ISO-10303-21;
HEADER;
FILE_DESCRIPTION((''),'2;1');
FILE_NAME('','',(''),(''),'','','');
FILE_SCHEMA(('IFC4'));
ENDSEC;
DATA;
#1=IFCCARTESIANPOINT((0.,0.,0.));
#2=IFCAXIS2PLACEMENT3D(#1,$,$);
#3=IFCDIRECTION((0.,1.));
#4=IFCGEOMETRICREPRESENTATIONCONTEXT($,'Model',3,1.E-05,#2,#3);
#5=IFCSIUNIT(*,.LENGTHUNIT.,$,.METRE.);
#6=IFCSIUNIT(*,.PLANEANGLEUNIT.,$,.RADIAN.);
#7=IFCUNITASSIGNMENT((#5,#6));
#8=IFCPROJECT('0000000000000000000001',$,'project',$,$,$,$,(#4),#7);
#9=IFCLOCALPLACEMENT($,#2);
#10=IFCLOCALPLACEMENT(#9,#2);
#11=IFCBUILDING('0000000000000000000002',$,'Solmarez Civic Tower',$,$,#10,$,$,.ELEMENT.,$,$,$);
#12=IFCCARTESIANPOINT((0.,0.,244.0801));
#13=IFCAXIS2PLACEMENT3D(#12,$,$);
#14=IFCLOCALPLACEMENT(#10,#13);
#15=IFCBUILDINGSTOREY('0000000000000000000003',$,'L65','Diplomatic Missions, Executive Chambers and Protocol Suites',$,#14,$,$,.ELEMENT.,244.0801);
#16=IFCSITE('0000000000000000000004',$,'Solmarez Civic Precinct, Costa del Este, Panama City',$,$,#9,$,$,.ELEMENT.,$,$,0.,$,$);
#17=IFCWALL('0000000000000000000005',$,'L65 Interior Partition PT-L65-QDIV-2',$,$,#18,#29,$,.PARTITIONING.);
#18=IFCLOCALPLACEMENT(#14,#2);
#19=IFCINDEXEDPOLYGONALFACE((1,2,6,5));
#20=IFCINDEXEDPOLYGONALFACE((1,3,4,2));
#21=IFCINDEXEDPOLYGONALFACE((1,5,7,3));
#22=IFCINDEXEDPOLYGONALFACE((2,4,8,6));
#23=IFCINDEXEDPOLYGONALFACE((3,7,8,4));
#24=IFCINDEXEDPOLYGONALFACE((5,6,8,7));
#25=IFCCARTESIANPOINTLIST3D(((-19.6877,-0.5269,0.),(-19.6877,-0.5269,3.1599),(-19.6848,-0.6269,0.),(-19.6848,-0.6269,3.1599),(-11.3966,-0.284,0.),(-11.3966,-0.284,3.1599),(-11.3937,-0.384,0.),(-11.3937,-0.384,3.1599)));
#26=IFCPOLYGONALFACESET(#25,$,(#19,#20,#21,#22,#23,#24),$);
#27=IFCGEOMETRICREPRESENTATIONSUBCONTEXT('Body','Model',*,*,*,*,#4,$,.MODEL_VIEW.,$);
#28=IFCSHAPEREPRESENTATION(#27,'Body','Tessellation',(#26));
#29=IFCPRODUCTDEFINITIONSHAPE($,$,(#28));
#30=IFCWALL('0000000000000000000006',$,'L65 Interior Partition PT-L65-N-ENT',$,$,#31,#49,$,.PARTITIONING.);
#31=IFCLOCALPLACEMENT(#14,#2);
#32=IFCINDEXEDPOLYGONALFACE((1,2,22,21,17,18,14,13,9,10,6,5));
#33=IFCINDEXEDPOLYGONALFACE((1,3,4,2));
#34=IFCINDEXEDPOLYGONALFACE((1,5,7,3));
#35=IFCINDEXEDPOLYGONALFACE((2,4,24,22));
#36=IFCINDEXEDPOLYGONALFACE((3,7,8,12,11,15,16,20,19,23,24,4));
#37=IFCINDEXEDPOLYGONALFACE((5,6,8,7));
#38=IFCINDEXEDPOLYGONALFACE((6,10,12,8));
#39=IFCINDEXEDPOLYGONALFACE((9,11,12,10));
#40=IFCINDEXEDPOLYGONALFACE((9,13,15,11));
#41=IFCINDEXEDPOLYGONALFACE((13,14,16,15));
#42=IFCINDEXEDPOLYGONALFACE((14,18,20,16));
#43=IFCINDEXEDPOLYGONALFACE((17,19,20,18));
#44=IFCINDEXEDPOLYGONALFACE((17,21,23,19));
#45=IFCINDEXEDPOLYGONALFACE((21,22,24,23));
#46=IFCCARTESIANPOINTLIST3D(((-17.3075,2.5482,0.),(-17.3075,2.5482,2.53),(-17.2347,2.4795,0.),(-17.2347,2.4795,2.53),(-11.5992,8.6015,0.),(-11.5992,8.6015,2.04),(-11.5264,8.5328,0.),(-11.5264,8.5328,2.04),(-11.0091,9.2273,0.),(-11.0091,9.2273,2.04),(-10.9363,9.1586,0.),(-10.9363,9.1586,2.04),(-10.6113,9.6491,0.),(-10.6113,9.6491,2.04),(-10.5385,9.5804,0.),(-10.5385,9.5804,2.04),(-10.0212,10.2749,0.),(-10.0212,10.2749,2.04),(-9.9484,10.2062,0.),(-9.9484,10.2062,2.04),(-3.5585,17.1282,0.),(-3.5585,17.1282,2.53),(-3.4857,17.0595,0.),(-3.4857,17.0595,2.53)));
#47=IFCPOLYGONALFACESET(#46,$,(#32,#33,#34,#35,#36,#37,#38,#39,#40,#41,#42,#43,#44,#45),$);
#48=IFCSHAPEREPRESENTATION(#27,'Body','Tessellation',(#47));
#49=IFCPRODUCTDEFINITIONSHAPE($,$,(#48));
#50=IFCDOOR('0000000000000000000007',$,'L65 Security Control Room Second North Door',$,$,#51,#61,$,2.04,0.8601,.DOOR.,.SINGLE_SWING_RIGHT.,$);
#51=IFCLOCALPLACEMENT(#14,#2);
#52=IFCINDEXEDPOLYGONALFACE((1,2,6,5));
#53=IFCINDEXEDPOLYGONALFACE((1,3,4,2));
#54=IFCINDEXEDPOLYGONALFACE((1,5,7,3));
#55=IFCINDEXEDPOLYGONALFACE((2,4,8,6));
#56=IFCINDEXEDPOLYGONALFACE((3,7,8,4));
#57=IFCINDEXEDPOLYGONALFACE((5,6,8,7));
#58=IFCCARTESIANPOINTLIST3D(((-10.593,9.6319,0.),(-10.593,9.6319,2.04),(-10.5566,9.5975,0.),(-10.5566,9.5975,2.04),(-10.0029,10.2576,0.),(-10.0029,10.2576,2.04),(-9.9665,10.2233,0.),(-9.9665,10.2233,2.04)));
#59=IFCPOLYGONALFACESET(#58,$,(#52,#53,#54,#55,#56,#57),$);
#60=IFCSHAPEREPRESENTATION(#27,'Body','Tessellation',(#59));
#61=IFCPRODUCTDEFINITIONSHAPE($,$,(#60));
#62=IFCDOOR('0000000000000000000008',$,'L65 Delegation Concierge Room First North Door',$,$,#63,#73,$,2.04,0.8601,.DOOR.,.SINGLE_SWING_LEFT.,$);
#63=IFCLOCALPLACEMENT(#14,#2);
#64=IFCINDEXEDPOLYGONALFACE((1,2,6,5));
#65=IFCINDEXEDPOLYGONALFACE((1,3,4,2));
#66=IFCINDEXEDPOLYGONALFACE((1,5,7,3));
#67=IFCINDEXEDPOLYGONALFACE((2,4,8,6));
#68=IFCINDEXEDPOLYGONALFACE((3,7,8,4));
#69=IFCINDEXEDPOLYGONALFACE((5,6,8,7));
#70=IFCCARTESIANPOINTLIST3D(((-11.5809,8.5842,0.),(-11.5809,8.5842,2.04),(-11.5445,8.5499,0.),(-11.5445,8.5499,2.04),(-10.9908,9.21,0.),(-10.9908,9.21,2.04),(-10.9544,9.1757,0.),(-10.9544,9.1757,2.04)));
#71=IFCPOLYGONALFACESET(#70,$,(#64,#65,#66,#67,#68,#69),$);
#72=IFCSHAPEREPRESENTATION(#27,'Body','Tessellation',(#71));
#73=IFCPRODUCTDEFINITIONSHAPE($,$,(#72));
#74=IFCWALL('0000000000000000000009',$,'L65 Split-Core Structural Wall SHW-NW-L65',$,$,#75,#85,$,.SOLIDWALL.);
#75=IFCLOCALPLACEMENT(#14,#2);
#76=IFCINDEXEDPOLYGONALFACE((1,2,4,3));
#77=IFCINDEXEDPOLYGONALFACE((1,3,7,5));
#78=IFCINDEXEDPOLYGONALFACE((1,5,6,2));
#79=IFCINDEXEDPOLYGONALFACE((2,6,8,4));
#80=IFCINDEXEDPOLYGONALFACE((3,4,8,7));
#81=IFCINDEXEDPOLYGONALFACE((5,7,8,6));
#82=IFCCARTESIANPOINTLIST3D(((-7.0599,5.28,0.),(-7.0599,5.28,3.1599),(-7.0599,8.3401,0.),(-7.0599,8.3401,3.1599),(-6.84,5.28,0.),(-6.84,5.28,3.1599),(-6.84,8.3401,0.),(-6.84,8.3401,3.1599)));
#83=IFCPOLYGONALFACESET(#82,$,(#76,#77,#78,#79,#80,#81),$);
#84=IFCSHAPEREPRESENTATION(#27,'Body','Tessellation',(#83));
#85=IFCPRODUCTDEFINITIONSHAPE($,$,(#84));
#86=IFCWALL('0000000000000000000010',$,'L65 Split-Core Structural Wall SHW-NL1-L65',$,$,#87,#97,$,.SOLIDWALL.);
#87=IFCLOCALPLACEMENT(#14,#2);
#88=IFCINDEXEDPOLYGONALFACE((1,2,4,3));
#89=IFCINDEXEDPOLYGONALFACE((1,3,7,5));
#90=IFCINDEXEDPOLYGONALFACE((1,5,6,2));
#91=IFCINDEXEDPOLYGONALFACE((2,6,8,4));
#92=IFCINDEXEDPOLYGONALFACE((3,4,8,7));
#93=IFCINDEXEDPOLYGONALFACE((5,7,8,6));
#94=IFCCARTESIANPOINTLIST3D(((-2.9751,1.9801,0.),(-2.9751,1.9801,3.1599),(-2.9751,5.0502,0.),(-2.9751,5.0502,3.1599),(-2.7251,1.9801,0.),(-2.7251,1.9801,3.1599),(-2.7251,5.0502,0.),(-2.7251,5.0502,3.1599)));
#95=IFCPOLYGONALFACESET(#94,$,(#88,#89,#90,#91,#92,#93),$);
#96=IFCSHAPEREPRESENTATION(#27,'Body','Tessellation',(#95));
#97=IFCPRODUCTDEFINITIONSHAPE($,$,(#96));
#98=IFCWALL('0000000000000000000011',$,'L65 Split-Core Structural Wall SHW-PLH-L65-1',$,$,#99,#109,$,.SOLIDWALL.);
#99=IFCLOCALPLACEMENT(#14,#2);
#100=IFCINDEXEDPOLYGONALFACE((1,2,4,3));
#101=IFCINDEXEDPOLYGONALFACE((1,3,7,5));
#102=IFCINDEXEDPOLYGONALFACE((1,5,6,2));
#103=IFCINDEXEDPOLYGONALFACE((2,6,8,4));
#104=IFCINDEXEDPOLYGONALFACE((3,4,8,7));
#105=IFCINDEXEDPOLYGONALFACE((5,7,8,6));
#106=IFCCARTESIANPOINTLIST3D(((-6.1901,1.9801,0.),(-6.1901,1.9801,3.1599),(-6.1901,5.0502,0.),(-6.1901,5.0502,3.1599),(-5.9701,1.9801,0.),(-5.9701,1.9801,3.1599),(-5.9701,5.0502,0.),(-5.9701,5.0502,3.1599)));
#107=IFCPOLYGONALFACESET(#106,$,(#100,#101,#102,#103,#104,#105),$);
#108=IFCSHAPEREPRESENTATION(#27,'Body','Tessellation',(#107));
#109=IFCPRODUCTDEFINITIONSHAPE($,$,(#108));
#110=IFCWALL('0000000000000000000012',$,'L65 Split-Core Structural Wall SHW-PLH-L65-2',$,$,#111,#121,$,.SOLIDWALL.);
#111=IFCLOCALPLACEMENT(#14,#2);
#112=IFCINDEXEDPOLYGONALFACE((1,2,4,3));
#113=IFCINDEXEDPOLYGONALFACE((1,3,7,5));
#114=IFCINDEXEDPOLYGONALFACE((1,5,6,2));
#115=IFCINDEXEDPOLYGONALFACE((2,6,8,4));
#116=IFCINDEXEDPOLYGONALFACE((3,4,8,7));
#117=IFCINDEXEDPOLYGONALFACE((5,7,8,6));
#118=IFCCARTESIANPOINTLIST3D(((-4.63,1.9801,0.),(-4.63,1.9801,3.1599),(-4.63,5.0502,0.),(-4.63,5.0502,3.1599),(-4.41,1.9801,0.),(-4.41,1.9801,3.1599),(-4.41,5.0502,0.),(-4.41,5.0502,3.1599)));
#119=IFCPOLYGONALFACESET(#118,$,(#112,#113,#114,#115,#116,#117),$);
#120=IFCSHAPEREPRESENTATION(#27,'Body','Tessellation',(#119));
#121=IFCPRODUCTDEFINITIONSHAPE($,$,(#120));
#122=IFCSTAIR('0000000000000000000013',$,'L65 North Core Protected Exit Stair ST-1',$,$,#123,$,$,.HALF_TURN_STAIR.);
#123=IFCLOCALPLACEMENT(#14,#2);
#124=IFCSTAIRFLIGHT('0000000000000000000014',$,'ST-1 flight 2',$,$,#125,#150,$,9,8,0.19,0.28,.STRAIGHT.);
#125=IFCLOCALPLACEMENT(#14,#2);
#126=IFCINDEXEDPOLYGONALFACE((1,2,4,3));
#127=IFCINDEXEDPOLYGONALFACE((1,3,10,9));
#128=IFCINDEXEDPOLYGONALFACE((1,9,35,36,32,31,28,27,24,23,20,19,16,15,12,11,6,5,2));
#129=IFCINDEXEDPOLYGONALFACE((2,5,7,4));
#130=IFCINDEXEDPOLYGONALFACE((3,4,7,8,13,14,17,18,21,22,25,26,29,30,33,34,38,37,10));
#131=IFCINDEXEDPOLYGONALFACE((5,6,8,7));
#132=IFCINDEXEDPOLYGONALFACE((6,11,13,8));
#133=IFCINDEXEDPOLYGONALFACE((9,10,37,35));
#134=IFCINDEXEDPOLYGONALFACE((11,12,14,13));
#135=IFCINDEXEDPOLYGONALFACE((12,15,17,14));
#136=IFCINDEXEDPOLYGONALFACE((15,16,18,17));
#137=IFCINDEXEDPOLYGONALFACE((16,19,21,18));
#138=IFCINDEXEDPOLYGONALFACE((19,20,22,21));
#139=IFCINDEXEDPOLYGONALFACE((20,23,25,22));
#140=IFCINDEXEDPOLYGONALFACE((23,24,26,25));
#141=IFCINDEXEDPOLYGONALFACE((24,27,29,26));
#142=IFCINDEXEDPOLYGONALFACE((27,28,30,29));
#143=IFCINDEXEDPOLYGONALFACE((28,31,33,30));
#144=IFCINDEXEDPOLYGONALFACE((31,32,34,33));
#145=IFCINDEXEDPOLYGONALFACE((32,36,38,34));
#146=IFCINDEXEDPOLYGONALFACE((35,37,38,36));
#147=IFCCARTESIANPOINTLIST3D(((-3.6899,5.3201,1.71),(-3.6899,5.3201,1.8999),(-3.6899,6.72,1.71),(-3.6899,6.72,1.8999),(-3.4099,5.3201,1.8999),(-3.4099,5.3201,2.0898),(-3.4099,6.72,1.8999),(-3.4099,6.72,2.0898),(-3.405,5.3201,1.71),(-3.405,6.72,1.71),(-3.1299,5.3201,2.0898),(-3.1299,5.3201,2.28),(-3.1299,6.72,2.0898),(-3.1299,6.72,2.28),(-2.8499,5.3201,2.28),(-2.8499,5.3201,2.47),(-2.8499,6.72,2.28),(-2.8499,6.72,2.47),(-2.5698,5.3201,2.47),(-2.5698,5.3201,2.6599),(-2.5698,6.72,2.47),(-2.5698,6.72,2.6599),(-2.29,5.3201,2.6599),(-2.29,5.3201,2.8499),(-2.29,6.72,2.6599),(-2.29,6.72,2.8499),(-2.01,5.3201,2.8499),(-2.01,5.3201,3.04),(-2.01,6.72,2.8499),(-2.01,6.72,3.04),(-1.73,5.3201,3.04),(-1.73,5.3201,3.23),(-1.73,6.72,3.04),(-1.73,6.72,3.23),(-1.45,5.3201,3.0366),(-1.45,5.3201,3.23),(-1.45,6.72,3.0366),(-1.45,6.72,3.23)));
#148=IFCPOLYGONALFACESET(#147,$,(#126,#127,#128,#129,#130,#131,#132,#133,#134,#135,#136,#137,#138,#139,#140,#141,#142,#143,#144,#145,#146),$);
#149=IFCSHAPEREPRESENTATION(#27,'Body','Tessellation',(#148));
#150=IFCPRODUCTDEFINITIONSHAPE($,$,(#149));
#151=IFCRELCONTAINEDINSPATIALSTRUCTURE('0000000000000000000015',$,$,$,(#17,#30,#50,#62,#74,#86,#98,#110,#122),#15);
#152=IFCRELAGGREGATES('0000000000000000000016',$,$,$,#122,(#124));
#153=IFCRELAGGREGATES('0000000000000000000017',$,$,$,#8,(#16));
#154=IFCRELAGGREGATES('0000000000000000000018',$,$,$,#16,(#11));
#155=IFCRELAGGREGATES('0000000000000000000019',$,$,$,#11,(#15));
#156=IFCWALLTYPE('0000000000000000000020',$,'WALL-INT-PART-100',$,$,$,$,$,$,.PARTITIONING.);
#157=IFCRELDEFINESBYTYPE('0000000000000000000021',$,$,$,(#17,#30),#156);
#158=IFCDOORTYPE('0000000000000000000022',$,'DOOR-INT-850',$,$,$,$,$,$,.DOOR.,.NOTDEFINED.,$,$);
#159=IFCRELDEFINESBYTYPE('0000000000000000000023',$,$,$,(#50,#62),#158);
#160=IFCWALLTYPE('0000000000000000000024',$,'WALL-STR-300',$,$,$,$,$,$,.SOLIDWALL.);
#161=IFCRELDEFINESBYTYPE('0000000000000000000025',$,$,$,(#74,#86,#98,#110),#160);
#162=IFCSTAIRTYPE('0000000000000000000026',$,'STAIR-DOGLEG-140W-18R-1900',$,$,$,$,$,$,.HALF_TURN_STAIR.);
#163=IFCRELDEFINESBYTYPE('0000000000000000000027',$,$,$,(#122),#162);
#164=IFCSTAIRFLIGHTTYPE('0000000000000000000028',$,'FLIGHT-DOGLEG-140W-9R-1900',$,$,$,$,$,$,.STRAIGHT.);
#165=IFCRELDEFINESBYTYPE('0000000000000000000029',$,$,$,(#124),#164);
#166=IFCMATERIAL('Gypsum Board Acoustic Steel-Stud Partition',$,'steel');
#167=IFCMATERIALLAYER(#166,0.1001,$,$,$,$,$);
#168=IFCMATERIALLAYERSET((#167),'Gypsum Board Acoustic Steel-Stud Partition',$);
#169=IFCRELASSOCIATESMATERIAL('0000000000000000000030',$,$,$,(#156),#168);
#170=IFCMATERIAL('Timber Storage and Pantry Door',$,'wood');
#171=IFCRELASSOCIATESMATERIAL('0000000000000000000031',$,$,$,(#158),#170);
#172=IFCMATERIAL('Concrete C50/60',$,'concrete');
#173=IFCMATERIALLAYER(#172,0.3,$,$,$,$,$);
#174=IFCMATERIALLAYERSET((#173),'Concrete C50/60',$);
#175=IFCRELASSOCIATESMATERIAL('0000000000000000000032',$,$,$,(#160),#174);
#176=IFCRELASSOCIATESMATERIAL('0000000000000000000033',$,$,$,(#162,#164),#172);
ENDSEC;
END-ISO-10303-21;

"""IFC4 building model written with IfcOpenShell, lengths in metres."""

from ifc_helpers import new_model, si_unit, direction, frame, frame_2d, origin, place, context, subcontext, project, spatial, polyline, rectangle, outline, extrude, material, layer, layer_set, type_object, element, fill, aggregate, save


model = new_model("IFC4")

# Units and contexts
model_context = context("Model", 3, precision=1e-05, world=origin(), true_north=direction((0.0, 1.0)))
body_context = subcontext(model_context, "Body", "Model", "MODEL_VIEW")
ifc_project = project(units=[si_unit("LENGTHUNIT", "METRE"), si_unit("PLANEANGLEUNIT", "RADIAN")], contexts=[model_context])

# Site, building, storey
site_placement = place(None, origin())
site = spatial("IfcSite", under=ifc_project, at=site_placement, Name="Solmarez Civic Precinct, Costa del Este, Panama City", CompositionType="ELEMENT", RefElevation=0.0)
building_placement = place(site_placement, origin())
building = spatial("IfcBuilding", under=site, at=building_placement, Name="Solmarez Civic Tower", CompositionType="ELEMENT")
storey_placement = place(building_placement, frame((0.0, 0.0, 244.0801)))
storey = spatial("IfcBuildingStorey", under=building, at=storey_placement, Name="L65", Description="Diplomatic Missions, Executive Chambers and Protocol Suites", CompositionType="ELEMENT", Elevation=244.0801)

# Shared definitions
ifc_material_1 = material(Name="Concrete C50/60", Category="concrete")

# Wall
ifc_material_2 = material(Name="Gypsum Board Acoustic Steel-Stud Partition", Category="steel")
ifc_layer_1 = layer(ifc_material_2, 0.1001)
ifc_layer_set_1 = layer_set([ifc_layer_1], Name="Gypsum Board Acoustic Steel-Stud Partition")
wall_type_1 = type_object("IfcWallType", Name="WALL-INT-PART-100", PredefinedType="PARTITIONING", material=ifc_layer_set_1)
wall_1_placement = place(storey_placement, frame((-11.395, -0.334, 0.0), z_axis=(0.0, 0.0, 1.0), x_axis=(-0.999571, -0.029287, 0.0)))
element("IfcWall", 1, at=wall_1_placement, inside=storey, type_object=wall_type_1, Name="L65 Interior Partition PT-L65-QDIV-2", PredefinedType="PARTITIONING", context=body_context, shape_type="SweptSolid", body=[
    extrude(rectangle(XDim=8.2947, YDim=0.1001, at=frame_2d((4.1475, 0.0))), origin(), (0.0, 0.0, 1.0), 3.1599),
])

# Wall, openings, doors
wall_2_placement = place(storey_placement, frame((-17.271, 2.5139, 0.0), z_axis=(0.0, 0.0, 1.0), x_axis=(0.686068, 0.727537, 0.0)))
wall_2 = element("IfcWall", 2, at=wall_2_placement, inside=storey, type_object=wall_type_1, Name="L65 Interior Partition PT-L65-N-ENT", PredefinedType="PARTITIONING", context=body_context, shape_type="SweptSolid", body=[
    extrude(rectangle(XDim=20.0403, YDim=0.1001, at=frame_2d((10.02, 0.0))), origin(), (0.0, 0.0, 1.0), 2.53),
])
opening_1_placement = place(wall_2_placement, frame((9.76, 0.0, 0.0)))
opening_1 = element("IfcOpeningElement", 3, at=opening_1_placement, cuts=wall_2, PredefinedType="OPENING", context=body_context, shape_type="SweptSolid", body=[
    extrude(rectangle(XDim=0.8601, YDim=2.04, at=frame_2d((0.4302, 1.02))), frame((0.0, 0.0601, 0.0), z_axis=(0.0, -1.0, 0.0), x_axis=(1.0, 0.0, 0.0)), (0.0, 0.0, 1.0), 0.1201),
])
opening_2_placement = place(wall_2_placement, frame((8.3201, 0.0, 0.0)))
opening_2 = element("IfcOpeningElement", 4, at=opening_2_placement, cuts=wall_2, PredefinedType="OPENING", context=body_context, shape_type="SweptSolid", body=[
    extrude(rectangle(XDim=0.8601, YDim=2.04, at=frame_2d((0.4302, 1.02))), frame((0.0, 0.0601, 0.0), z_axis=(0.0, -1.0, 0.0), x_axis=(1.0, 0.0, 0.0)), (0.0, 0.0, 1.0), 0.1201),
])
ifc_material_3 = material(Name="Timber Storage and Pantry Door", Category="wood")
door_type_1 = type_object("IfcDoorType", Name="DOOR-INT-850", OperationType="NOTDEFINED", PredefinedType="DOOR", material=ifc_material_3)
door_1_placement = place(opening_1_placement, origin())
door_1 = element("IfcDoor", 5, at=door_1_placement, inside=storey, type_object=door_type_1, Name="L65 Security Control Room Second North Door", OperationType="SINGLE_SWING_RIGHT", OverallHeight=2.04, OverallWidth=0.8601, PredefinedType="DOOR", context=body_context, shape_type="SweptSolid", body=[
    extrude(rectangle(XDim=0.8601, YDim=2.04, at=frame_2d((0.4302, 1.02))), frame((0.0, 0.0249, 0.0), z_axis=(0.0, -1.0, 0.0), x_axis=(1.0, 0.0, 0.0)), (0.0, 0.0, 1.0), 0.05),
])
fill(opening_1, door_1)
door_2_placement = place(opening_2_placement, origin())
door_2 = element("IfcDoor", 6, at=door_2_placement, inside=storey, type_object=door_type_1, Name="L65 Delegation Concierge Room First North Door", OperationType="SINGLE_SWING_LEFT", OverallHeight=2.04, OverallWidth=0.8601, PredefinedType="DOOR", context=body_context, shape_type="SweptSolid", body=[
    extrude(rectangle(XDim=0.8601, YDim=2.04, at=frame_2d((0.4302, 1.02))), frame((0.0, 0.0249, 0.0), z_axis=(0.0, -1.0, 0.0), x_axis=(1.0, 0.0, 0.0)), (0.0, 0.0, 1.0), 0.05),
])
fill(opening_2, door_2)

# Walls
ifc_layer_2 = layer(ifc_material_1, 0.3)
ifc_layer_set_2 = layer_set([ifc_layer_2], Name="Concrete C50/60")
wall_type_2 = type_object("IfcWallType", Name="WALL-STR-300", PredefinedType="SOLIDWALL", material=ifc_layer_set_2)
wall_3_placement = place(storey_placement, frame((-6.95, 5.28, 0.0), z_axis=(0.0, 0.0, 1.0), x_axis=(0.0, 1.0, 0.0)))
element("IfcWall", 7, at=wall_3_placement, inside=storey, type_object=wall_type_2, Name="L65 Split-Core Structural Wall SHW-NW-L65", PredefinedType="SOLIDWALL", context=body_context, shape_type="SweptSolid", body=[
    extrude(rectangle(XDim=3.0601, YDim=0.22, at=frame_2d((1.53, 0.0))), origin(), (0.0, 0.0, 1.0), 3.1599),
])
wall_4_placement = place(storey_placement, frame((-2.8501, 1.98, 0.0), z_axis=(0.0, 0.0, 1.0), x_axis=(0.0, 1.0, 0.0)))
element("IfcWall", 8, at=wall_4_placement, inside=storey, type_object=wall_type_2, Name="L65 Split-Core Structural Wall SHW-NL1-L65", PredefinedType="SOLIDWALL", context=body_context, shape_type="SweptSolid", body=[
    extrude(rectangle(XDim=3.0701, YDim=0.25, at=frame_2d((1.5352, 0.0))), origin(), (0.0, 0.0, 1.0), 3.1599),
])
for number, where, z_axis, x_axis, name in (
    (9, (-6.0801, 1.98, 0.0), (0.0, 0.0, 1.0), (0.0, 1.0, 0.0), "L65 Split-Core Structural Wall SHW-PLH-L65-1"),
    (10, (-4.52, 1.98, 0.0), (0.0, 0.0, 1.0), (0.0, 1.0, 0.0), "L65 Split-Core Structural Wall SHW-PLH-L65-2"),
):
    element("IfcWall", number, at=place(storey_placement, frame(where, z_axis=z_axis, x_axis=x_axis)), inside=storey, type_object=wall_type_2, Name=name, PredefinedType="SOLIDWALL", context=body_context, shape_type="SweptSolid", body=[
        extrude(rectangle(XDim=3.0701, YDim=0.22, at=frame_2d((1.5352, 0.0))), origin(), (0.0, 0.0, 1.0), 3.1599),
    ])

# Stair, stair flight
stair_type = type_object("IfcStairType", Name="STAIR-DOGLEG-140W-18R-1900", PredefinedType="HALF_TURN_STAIR", material=ifc_material_1)
stair_placement = place(storey_placement, origin())
stair = element("IfcStair", 11, at=stair_placement, inside=storey, type_object=stair_type, Name="L65 North Core Protected Exit Stair ST-1", PredefinedType="HALF_TURN_STAIR")
stair_flight_type = type_object("IfcStairFlightType", Name="FLIGHT-DOGLEG-140W-9R-1900", PredefinedType="STRAIGHT", material=ifc_material_1)
stair_flight_placement = place(storey_placement, frame((-3.6899, 6.02, 1.71), z_axis=(0.0, 0.0, 1.0), x_axis=(1.0, 0.0, 0.0)))
stair_flight = element("IfcStairFlight", 12, at=stair_flight_placement, type_object=stair_flight_type, Name="ST-1 flight 2", NumberOfRisers=9, NumberOfTreads=8, PredefinedType="STRAIGHT", RiserHeight=0.19, TreadLength=0.28, context=body_context, shape_type="SweptSolid", body=[
    extrude(outline(polyline([(0.0, 0.0), (0.0, 0.1899), (0.28, 0.1899), (0.28, 0.3799), (0.5601, 0.3799), (0.5601, 0.5701), (0.8401, 0.5701), (0.8401, 0.76), (1.1201, 0.76), (1.1201, 0.95), (1.3999, 0.95), (1.3999, 1.1399), (1.6799, 1.1399), (1.6799, 1.3301), (1.96, 1.3301), (1.96, 1.52), (2.24, 1.52), (2.24, 1.71), (2.24, 1.3267), (0.2849, 0.0), (0.0, 0.0)])), frame((0.0, 0.7, 0.0), z_axis=(0.0, -1.0, 0.0), x_axis=(1.0, 0.0, 0.0)), (0.0, 0.0, 1.0), 1.3999),
])
aggregate(stair, [stair_flight])

save(model, "model.ifc")
